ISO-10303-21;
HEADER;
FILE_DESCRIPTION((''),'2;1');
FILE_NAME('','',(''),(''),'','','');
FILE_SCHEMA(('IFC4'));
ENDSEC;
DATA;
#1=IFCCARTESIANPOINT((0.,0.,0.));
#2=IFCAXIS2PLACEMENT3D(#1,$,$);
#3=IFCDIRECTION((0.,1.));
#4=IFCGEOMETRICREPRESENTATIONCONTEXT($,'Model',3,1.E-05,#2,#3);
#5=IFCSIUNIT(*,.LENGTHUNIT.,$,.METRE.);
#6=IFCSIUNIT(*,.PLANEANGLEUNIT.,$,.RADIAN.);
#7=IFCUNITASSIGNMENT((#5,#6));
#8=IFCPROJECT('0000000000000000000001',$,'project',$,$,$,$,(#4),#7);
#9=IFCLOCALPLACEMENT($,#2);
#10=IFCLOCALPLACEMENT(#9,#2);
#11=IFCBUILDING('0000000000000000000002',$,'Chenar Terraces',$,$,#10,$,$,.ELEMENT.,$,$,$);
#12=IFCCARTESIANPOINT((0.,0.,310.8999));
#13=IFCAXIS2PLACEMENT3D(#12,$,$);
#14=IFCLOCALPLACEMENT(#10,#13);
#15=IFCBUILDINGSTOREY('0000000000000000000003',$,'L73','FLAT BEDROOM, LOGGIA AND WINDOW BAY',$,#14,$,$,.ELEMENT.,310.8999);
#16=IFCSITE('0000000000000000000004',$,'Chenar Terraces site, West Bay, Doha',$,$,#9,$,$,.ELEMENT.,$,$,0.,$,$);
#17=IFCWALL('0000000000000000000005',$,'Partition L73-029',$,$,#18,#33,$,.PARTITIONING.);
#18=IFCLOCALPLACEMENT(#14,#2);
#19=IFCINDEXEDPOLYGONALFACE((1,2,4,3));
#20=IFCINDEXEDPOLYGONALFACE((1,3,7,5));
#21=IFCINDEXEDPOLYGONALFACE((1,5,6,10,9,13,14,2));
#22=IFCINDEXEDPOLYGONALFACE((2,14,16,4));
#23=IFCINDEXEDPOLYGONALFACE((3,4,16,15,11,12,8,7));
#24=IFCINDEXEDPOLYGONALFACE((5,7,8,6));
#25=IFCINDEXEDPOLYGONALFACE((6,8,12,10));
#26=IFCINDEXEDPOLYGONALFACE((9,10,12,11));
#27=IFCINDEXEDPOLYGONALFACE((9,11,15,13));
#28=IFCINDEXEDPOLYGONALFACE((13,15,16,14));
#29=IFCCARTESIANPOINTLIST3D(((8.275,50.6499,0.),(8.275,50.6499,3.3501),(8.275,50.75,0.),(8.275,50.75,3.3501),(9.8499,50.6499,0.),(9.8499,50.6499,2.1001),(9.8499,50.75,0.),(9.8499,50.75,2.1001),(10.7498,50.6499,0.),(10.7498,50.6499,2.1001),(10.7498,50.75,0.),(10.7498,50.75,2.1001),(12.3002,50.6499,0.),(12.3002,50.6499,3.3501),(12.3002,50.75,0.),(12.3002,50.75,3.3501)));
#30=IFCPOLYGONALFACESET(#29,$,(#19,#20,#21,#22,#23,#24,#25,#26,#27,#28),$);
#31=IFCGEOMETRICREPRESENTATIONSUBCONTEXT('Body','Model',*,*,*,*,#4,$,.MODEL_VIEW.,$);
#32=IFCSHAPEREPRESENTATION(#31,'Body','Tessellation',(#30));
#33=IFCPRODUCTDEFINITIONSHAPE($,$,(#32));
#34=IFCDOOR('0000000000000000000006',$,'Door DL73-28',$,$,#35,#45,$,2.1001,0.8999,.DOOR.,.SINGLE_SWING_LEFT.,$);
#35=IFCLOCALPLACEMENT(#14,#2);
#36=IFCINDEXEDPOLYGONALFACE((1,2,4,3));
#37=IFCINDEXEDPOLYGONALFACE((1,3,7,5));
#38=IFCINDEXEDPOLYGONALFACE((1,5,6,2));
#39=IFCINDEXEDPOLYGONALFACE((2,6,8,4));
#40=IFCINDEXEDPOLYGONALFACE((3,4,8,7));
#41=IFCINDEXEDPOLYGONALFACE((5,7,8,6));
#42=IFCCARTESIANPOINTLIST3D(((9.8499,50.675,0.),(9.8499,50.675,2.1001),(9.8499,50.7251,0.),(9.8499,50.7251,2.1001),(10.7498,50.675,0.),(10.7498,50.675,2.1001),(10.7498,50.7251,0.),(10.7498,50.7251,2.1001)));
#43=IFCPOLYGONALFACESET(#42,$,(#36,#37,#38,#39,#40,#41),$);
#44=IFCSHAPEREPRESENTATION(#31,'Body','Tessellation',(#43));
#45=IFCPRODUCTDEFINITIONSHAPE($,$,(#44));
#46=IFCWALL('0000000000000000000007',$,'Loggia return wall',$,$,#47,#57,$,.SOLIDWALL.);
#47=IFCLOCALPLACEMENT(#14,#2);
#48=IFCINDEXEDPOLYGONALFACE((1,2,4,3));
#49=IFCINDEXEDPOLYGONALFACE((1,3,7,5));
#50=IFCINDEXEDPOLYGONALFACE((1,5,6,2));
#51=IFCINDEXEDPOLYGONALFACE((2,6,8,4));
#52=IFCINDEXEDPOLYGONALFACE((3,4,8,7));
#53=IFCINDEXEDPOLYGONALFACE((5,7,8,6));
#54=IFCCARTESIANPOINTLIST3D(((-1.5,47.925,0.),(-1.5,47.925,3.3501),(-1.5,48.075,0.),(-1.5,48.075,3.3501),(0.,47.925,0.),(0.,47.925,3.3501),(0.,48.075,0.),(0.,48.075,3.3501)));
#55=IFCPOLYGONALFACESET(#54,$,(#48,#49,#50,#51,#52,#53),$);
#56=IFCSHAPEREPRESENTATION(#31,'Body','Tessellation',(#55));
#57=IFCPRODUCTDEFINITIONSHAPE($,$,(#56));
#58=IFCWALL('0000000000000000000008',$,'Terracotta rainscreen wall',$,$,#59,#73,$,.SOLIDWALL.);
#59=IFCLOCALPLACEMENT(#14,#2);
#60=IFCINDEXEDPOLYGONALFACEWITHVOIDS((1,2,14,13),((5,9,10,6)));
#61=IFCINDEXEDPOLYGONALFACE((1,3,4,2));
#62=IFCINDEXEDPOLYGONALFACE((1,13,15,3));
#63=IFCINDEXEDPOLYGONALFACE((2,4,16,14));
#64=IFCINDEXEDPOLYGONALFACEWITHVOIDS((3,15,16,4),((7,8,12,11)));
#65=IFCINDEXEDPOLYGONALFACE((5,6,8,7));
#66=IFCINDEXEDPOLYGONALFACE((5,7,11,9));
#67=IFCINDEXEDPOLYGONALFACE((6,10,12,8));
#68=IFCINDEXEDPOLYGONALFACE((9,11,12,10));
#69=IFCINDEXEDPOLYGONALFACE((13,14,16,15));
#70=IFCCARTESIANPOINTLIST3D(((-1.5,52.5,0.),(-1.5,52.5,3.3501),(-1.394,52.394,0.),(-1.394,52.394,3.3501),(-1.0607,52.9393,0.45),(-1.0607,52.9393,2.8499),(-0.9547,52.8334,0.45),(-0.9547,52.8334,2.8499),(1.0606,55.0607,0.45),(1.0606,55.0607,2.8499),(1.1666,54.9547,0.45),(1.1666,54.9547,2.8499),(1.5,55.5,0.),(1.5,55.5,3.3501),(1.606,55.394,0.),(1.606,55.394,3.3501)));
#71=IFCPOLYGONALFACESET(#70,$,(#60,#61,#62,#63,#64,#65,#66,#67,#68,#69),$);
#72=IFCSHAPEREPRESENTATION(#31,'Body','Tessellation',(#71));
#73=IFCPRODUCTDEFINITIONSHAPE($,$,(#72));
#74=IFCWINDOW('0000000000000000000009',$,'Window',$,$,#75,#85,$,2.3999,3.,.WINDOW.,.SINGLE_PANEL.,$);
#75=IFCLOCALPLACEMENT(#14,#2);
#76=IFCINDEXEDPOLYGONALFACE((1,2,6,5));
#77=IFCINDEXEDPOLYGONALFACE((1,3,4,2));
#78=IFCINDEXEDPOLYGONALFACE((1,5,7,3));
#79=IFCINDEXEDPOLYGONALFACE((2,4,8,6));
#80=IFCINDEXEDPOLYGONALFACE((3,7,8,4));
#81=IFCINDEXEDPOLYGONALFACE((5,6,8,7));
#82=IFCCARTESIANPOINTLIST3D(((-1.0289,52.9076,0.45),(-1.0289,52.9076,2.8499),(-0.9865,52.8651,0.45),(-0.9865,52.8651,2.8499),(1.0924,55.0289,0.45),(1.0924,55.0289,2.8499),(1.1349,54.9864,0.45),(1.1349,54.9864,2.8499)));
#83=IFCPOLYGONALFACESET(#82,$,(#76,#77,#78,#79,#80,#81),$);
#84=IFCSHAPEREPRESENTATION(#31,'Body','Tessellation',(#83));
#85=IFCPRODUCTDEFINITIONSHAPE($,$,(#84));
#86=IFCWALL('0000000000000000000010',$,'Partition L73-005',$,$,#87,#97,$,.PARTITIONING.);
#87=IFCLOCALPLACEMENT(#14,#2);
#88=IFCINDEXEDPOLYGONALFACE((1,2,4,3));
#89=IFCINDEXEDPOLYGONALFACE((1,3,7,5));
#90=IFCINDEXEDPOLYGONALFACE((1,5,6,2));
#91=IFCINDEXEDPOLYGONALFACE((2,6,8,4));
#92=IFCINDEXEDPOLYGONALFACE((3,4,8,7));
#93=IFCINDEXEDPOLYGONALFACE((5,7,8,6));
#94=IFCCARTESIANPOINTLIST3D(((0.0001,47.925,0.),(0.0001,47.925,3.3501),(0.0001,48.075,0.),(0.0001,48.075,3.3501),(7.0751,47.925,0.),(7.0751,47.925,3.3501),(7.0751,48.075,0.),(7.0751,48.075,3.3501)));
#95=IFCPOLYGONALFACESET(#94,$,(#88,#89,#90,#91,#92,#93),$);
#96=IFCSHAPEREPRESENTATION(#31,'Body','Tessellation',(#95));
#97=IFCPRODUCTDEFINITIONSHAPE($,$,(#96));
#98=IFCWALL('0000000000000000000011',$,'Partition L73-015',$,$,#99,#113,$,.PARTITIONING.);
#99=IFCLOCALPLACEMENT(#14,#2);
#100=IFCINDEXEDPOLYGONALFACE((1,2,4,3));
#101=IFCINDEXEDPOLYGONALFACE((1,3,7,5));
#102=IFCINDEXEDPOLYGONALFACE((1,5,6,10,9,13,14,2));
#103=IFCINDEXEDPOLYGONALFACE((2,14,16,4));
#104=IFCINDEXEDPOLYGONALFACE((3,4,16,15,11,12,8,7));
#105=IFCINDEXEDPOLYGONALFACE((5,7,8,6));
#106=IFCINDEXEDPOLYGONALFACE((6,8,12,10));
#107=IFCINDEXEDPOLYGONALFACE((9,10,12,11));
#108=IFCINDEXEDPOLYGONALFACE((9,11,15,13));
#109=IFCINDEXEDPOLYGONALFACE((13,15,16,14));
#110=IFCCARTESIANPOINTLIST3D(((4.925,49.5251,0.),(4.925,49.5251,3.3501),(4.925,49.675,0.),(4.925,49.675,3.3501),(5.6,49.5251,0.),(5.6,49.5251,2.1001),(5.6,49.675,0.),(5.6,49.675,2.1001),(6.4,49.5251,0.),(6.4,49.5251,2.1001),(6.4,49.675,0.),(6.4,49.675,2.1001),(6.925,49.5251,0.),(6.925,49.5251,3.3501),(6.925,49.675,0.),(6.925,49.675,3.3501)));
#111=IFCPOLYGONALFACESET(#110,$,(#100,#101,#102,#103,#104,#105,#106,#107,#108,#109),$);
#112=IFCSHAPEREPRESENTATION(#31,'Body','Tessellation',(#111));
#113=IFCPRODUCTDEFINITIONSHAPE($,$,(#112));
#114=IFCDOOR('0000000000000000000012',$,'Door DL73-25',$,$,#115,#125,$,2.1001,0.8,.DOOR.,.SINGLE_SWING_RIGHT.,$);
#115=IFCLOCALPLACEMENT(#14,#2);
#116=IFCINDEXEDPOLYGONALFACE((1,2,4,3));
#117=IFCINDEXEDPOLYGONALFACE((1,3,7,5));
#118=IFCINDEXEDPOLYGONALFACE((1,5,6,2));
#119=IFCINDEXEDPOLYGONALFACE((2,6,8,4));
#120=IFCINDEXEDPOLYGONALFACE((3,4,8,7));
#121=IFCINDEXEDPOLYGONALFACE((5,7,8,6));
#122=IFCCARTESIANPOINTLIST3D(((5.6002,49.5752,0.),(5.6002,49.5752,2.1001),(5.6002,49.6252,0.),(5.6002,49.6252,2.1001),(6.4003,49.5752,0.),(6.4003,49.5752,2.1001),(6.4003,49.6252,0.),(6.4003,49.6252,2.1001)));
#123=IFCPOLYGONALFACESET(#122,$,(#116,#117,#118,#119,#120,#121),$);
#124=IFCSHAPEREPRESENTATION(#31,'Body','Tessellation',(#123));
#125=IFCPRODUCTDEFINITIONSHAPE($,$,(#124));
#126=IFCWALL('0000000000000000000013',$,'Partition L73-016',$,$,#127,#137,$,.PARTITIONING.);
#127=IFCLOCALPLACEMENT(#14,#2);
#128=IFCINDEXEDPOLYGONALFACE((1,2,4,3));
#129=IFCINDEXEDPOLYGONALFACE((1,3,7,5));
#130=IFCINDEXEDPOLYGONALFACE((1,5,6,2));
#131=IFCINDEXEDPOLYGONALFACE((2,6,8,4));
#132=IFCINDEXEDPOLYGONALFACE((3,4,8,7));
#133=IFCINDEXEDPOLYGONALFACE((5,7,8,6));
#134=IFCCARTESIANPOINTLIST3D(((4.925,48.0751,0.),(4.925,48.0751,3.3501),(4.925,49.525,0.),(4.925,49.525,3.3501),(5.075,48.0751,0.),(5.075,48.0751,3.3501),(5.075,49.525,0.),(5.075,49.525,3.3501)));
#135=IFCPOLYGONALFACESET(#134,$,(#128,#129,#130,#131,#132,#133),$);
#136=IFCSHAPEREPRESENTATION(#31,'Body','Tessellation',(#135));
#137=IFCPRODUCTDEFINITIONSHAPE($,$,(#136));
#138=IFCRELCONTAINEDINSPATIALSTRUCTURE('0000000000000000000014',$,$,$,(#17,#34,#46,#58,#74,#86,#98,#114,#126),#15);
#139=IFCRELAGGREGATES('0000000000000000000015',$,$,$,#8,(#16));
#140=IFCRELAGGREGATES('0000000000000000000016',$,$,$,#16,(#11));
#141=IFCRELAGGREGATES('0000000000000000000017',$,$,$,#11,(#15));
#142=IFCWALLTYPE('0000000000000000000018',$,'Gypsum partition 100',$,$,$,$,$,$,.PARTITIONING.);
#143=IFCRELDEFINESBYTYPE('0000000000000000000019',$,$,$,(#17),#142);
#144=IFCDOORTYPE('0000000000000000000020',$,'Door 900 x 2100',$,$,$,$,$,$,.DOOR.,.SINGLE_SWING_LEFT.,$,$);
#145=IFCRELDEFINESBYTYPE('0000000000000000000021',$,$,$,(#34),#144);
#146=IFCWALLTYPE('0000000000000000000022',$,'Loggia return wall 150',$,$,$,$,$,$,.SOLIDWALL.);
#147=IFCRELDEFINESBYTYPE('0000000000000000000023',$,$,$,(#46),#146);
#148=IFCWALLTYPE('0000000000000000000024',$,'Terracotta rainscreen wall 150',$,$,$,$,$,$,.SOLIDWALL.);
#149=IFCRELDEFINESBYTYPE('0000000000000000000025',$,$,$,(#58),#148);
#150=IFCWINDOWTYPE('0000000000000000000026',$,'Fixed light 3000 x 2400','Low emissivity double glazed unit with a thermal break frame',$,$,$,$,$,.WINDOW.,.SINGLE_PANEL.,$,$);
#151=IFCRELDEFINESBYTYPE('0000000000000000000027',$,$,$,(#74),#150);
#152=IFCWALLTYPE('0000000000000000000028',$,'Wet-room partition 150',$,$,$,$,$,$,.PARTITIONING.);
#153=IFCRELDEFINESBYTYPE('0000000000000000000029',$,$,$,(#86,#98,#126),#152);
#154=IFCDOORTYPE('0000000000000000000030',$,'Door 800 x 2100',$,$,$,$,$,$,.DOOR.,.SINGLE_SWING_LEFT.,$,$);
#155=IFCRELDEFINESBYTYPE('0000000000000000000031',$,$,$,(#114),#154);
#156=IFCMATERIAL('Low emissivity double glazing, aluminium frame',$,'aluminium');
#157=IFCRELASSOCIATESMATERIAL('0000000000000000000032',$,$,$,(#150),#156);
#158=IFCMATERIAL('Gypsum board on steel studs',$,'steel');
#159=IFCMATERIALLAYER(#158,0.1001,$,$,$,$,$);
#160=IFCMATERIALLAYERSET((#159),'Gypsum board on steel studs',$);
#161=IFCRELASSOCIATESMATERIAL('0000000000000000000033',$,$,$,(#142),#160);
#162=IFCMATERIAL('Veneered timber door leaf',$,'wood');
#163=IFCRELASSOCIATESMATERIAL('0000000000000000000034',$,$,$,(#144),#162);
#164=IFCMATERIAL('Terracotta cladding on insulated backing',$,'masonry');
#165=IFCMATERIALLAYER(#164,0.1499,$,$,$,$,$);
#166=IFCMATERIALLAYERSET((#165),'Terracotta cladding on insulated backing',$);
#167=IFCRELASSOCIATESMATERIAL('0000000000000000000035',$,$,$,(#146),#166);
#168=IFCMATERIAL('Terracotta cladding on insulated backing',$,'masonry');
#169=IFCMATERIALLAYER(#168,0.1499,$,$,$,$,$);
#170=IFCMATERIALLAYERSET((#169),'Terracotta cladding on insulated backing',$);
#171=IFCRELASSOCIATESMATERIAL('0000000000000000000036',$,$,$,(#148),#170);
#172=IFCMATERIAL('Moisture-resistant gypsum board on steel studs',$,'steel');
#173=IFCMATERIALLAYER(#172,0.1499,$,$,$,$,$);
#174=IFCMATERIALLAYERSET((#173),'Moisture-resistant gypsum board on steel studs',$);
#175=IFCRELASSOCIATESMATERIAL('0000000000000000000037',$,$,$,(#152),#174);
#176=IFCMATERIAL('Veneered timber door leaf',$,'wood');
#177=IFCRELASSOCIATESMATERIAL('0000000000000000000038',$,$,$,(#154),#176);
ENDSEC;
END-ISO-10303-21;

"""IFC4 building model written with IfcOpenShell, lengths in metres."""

from ifc_helpers import new_model, si_unit, direction, frame, frame_2d, origin, place, context, subcontext, project, spatial, rectangle, extrude, material, layer, layer_set, type_object, element, fill, save


model = new_model("IFC4")

# Units and contexts
model_context = context("Model", 3, precision=1e-05, world=origin(), true_north=direction((0.0, 1.0)))
body_context = subcontext(model_context, "Body", "Model", "MODEL_VIEW")
ifc_project = project(units=[si_unit("LENGTHUNIT", "METRE"), si_unit("PLANEANGLEUNIT", "RADIAN")], contexts=[model_context])

# Site, building, storey
site_placement = place(None, origin())
site = spatial("IfcSite", under=ifc_project, at=site_placement, Name="Chenar Terraces site, West Bay, Doha", CompositionType="ELEMENT", RefElevation=0.0)
building_placement = place(site_placement, origin())
building = spatial("IfcBuilding", under=site, at=building_placement, Name="Chenar Terraces", CompositionType="ELEMENT")
storey_placement = place(building_placement, frame((0.0, 0.0, 310.8999)))
storey = spatial("IfcBuildingStorey", under=building, at=storey_placement, Name="L73", Description="FLAT BEDROOM, LOGGIA AND WINDOW BAY", CompositionType="ELEMENT", Elevation=310.8999)

# Shared definitions
ifc_material_1 = material(Name="Low emissivity double glazing, aluminium frame", Category="aluminium")
window_type_1 = type_object("IfcWindowType", Name="Fixed light 3000 x 2400", Description="Low emissivity double glazed unit with a thermal break frame", PartitioningType="SINGLE_PANEL", PredefinedType="WINDOW", material=ifc_material_1)

# Shared definitions
ifc_material_2 = material(Name="Gypsum board on steel studs", Category="steel")
ifc_layer_1 = layer(ifc_material_2, 0.1001)
ifc_layer_set_1 = layer_set([ifc_layer_1], Name="Gypsum board on steel studs")
wall_type_1 = type_object("IfcWallType", Name="Gypsum partition 100", PredefinedType="PARTITIONING", material=ifc_layer_set_1)

# Wall, opening, door
wall_1_placement = place(storey_placement, frame((8.2749, 50.7, 0.0), z_axis=(0.0, 0.0, 1.0), x_axis=(1.0, 0.0, 0.0)))
wall_1 = element("IfcWall", 1, at=wall_1_placement, inside=storey, type_object=wall_type_1, Name="Partition L73-029", PredefinedType="PARTITIONING", context=body_context, shape_type="SweptSolid", body=[
    extrude(rectangle(XDim=4.0251, YDim=0.1001, at=frame_2d((2.0127, 0.0))), origin(), (0.0, 0.0, 1.0), 3.3501),
])
opening_1_placement = place(wall_1_placement, frame((1.575, 0.0, 0.0)))
opening_1 = element("IfcOpeningElement", 2, at=opening_1_placement, cuts=wall_1, PredefinedType="OPENING", context=body_context, shape_type="SweptSolid", body=[
    extrude(rectangle(XDim=0.8999, YDim=2.1001, at=frame_2d((0.45, 1.05))), frame((0.0, 0.0601, 0.0), z_axis=(0.0, -1.0, 0.0), x_axis=(1.0, 0.0, 0.0)), (0.0, 0.0, 1.0), 0.1201),
])
ifc_material_3 = material(Name="Veneered timber door leaf", Category="wood")
door_type_1 = type_object("IfcDoorType", Name="Door 900 x 2100", OperationType="SINGLE_SWING_LEFT", PredefinedType="DOOR", material=ifc_material_3)
door_1_placement = place(opening_1_placement, frame((0.8999, 0.0, 0.0), z_axis=(0.0, 0.0, 1.0), x_axis=(-1.0, 0.0, 0.0)))
door_1 = element("IfcDoor", 3, at=door_1_placement, inside=storey, type_object=door_type_1, Name="Door DL73-28", OperationType="SINGLE_SWING_LEFT", OverallHeight=2.1001, OverallWidth=0.8999, PredefinedType="DOOR", context=body_context, shape_type="SweptSolid", body=[
    extrude(rectangle(XDim=0.8999, YDim=2.1001, at=frame_2d((0.45, 1.05))), frame((0.0, 0.0249, 0.0), z_axis=(0.0, -1.0, 0.0), x_axis=(1.0, 0.0, 0.0)), (0.0, 0.0, 1.0), 0.05),
])
fill(opening_1, door_1)

# Wall
ifc_material_4 = material(Name="Terracotta cladding on insulated backing", Category="masonry")
ifc_layer_2 = layer(ifc_material_4, 0.1499)
ifc_layer_set_2 = layer_set([ifc_layer_2], Name="Terracotta cladding on insulated backing")
wall_type_2 = type_object("IfcWallType", Name="Loggia return wall 150", PredefinedType="SOLIDWALL", material=ifc_layer_set_2)
wall_2_placement = place(storey_placement, frame((-1.5, 48.0, 0.0), z_axis=(0.0, 0.0, 1.0), x_axis=(1.0, 0.0, 0.0)))
element("IfcWall", 4, at=wall_2_placement, inside=storey, type_object=wall_type_2, Name="Loggia return wall", PredefinedType="SOLIDWALL", context=body_context, shape_type="SweptSolid", body=[
    extrude(rectangle(XDim=1.5, YDim=0.1499, at=frame_2d((0.75, 0.0))), origin(), (0.0, 0.0, 1.0), 3.3501),
])

# Wall, opening, window
ifc_material_5 = material(Name="Terracotta cladding on insulated backing", Category="masonry")
ifc_layer_3 = layer(ifc_material_5, 0.1499)
ifc_layer_set_3 = layer_set([ifc_layer_3], Name="Terracotta cladding on insulated backing")
wall_type_3 = type_object("IfcWallType", Name="Terracotta rainscreen wall 150", PredefinedType="SOLIDWALL", material=ifc_layer_set_3)
wall_3_placement = place(storey_placement, frame((1.553, 55.447, 0.0), z_axis=(0.0, 0.0, 1.0), x_axis=(-0.707107, -0.707107, 0.0)))
wall_3 = element("IfcWall", 5, at=wall_3_placement, inside=storey, type_object=wall_type_3, Name="Terracotta rainscreen wall", PredefinedType="SOLIDWALL", context=body_context, shape_type="SweptSolid", body=[
    extrude(rectangle(XDim=4.2427, YDim=0.1499, at=frame_2d((2.1213, 0.0))), origin(), (0.0, 0.0, 1.0), 3.3501),
])
opening_2_placement = place(wall_3_placement, frame((0.6213, 0.0, 0.45)))
opening_2 = element("IfcOpeningElement", 6, at=opening_2_placement, cuts=wall_3, PredefinedType="OPENING", context=body_context, shape_type="SweptSolid", body=[
    extrude(rectangle(XDim=3.0, YDim=2.3999, at=frame_2d((1.5, 1.2))), frame((0.0, 0.085, 0.0), z_axis=(0.0, -1.0, 0.0), x_axis=(1.0, 0.0, 0.0)), (0.0, 0.0, 1.0), 0.1699),
])
window_1_placement = place(opening_2_placement, origin())
window_1 = element("IfcWindow", 7, at=window_1_placement, inside=storey, type_object=window_type_1, Name="Window", OverallHeight=2.3999, OverallWidth=3.0, PartitioningType="SINGLE_PANEL", PredefinedType="WINDOW", context=body_context, shape_type="SweptSolid", body=[
    extrude(rectangle(XDim=3.0, YDim=2.3999, at=frame_2d((1.5, 1.2))), frame((0.0, 0.03, 0.0), z_axis=(0.0, -1.0, 0.0), x_axis=(1.0, 0.0, 0.0)), (0.0, 0.0, 1.0), 0.0601),
])
fill(opening_2, window_1)

# Wall
ifc_material_6 = material(Name="Moisture-resistant gypsum board on steel studs", Category="steel")
ifc_layer_4 = layer(ifc_material_6, 0.1499)
ifc_layer_set_4 = layer_set([ifc_layer_4], Name="Moisture-resistant gypsum board on steel studs")
wall_type_4 = type_object("IfcWallType", Name="Wet-room partition 150", PredefinedType="PARTITIONING", material=ifc_layer_set_4)
wall_4_placement = place(storey_placement, frame((0.0, 48.0, 0.0), z_axis=(0.0, 0.0, 1.0), x_axis=(1.0, 0.0, 0.0)))
element("IfcWall", 8, at=wall_4_placement, inside=storey, type_object=wall_type_4, Name="Partition L73-005", PredefinedType="PARTITIONING", context=body_context, shape_type="SweptSolid", body=[
    extrude(rectangle(XDim=7.075, YDim=0.1499, at=frame_2d((3.5376, 0.0))), origin(), (0.0, 0.0, 1.0), 3.3501),
])

# Wall, opening, door
wall_5_placement = place(storey_placement, frame((4.925, 49.6001, 0.0), z_axis=(0.0, 0.0, 1.0), x_axis=(1.0, 0.0, 0.0)))
wall_5 = element("IfcWall", 9, at=wall_5_placement, inside=storey, type_object=wall_type_4, Name="Partition L73-015", PredefinedType="PARTITIONING", context=body_context, shape_type="SweptSolid", body=[
    extrude(rectangle(XDim=2.0, YDim=0.1499, at=frame_2d((1.0, 0.0))), origin(), (0.0, 0.0, 1.0), 3.3501),
])
opening_3_placement = place(wall_5_placement, frame((0.675, 0.0, 0.0)))
opening_3 = element("IfcOpeningElement", 10, at=opening_3_placement, cuts=wall_5, PredefinedType="OPENING", context=body_context, shape_type="SweptSolid", body=[
    extrude(rectangle(XDim=0.8, YDim=2.1001, at=frame_2d((0.3999, 1.05))), frame((0.0, 0.085, 0.0), z_axis=(0.0, -1.0, 0.0), x_axis=(1.0, 0.0, 0.0)), (0.0, 0.0, 1.0), 0.1699),
])
ifc_material_7 = material(Name="Veneered timber door leaf", Category="wood")
door_type_2 = type_object("IfcDoorType", Name="Door 800 x 2100", OperationType="SINGLE_SWING_LEFT", PredefinedType="DOOR", material=ifc_material_7)
door_2_placement = place(opening_3_placement, frame((0.8, 0.0, 0.0), z_axis=(0.0, 0.0, 1.0), x_axis=(-1.0, 0.0, 0.0)))
door_2 = element("IfcDoor", 11, at=door_2_placement, inside=storey, type_object=door_type_2, Name="Door DL73-25", OperationType="SINGLE_SWING_RIGHT", OverallHeight=2.1001, OverallWidth=0.8, PredefinedType="DOOR", context=body_context, shape_type="SweptSolid", body=[
    extrude(rectangle(XDim=0.8, YDim=2.1001, at=frame_2d((0.3999, 1.05))), frame((0.0, 0.0249, 0.0), z_axis=(0.0, -1.0, 0.0), x_axis=(1.0, 0.0, 0.0)), (0.0, 0.0, 1.0), 0.05),
])
fill(opening_3, door_2)

# Wall
wall_6_placement = place(storey_placement, frame((5.0, 48.075, 0.0), z_axis=(0.0, 0.0, 1.0), x_axis=(0.0, 1.0, 0.0)))
element("IfcWall", 12, at=wall_6_placement, inside=storey, type_object=wall_type_4, Name="Partition L73-016", PredefinedType="PARTITIONING", context=body_context, shape_type="SweptSolid", body=[
    extrude(rectangle(XDim=1.45, YDim=0.1499, at=frame_2d((0.7251, 0.0))), origin(), (0.0, 0.0, 1.0), 3.3501),
])

save(model, "model.ifc")
